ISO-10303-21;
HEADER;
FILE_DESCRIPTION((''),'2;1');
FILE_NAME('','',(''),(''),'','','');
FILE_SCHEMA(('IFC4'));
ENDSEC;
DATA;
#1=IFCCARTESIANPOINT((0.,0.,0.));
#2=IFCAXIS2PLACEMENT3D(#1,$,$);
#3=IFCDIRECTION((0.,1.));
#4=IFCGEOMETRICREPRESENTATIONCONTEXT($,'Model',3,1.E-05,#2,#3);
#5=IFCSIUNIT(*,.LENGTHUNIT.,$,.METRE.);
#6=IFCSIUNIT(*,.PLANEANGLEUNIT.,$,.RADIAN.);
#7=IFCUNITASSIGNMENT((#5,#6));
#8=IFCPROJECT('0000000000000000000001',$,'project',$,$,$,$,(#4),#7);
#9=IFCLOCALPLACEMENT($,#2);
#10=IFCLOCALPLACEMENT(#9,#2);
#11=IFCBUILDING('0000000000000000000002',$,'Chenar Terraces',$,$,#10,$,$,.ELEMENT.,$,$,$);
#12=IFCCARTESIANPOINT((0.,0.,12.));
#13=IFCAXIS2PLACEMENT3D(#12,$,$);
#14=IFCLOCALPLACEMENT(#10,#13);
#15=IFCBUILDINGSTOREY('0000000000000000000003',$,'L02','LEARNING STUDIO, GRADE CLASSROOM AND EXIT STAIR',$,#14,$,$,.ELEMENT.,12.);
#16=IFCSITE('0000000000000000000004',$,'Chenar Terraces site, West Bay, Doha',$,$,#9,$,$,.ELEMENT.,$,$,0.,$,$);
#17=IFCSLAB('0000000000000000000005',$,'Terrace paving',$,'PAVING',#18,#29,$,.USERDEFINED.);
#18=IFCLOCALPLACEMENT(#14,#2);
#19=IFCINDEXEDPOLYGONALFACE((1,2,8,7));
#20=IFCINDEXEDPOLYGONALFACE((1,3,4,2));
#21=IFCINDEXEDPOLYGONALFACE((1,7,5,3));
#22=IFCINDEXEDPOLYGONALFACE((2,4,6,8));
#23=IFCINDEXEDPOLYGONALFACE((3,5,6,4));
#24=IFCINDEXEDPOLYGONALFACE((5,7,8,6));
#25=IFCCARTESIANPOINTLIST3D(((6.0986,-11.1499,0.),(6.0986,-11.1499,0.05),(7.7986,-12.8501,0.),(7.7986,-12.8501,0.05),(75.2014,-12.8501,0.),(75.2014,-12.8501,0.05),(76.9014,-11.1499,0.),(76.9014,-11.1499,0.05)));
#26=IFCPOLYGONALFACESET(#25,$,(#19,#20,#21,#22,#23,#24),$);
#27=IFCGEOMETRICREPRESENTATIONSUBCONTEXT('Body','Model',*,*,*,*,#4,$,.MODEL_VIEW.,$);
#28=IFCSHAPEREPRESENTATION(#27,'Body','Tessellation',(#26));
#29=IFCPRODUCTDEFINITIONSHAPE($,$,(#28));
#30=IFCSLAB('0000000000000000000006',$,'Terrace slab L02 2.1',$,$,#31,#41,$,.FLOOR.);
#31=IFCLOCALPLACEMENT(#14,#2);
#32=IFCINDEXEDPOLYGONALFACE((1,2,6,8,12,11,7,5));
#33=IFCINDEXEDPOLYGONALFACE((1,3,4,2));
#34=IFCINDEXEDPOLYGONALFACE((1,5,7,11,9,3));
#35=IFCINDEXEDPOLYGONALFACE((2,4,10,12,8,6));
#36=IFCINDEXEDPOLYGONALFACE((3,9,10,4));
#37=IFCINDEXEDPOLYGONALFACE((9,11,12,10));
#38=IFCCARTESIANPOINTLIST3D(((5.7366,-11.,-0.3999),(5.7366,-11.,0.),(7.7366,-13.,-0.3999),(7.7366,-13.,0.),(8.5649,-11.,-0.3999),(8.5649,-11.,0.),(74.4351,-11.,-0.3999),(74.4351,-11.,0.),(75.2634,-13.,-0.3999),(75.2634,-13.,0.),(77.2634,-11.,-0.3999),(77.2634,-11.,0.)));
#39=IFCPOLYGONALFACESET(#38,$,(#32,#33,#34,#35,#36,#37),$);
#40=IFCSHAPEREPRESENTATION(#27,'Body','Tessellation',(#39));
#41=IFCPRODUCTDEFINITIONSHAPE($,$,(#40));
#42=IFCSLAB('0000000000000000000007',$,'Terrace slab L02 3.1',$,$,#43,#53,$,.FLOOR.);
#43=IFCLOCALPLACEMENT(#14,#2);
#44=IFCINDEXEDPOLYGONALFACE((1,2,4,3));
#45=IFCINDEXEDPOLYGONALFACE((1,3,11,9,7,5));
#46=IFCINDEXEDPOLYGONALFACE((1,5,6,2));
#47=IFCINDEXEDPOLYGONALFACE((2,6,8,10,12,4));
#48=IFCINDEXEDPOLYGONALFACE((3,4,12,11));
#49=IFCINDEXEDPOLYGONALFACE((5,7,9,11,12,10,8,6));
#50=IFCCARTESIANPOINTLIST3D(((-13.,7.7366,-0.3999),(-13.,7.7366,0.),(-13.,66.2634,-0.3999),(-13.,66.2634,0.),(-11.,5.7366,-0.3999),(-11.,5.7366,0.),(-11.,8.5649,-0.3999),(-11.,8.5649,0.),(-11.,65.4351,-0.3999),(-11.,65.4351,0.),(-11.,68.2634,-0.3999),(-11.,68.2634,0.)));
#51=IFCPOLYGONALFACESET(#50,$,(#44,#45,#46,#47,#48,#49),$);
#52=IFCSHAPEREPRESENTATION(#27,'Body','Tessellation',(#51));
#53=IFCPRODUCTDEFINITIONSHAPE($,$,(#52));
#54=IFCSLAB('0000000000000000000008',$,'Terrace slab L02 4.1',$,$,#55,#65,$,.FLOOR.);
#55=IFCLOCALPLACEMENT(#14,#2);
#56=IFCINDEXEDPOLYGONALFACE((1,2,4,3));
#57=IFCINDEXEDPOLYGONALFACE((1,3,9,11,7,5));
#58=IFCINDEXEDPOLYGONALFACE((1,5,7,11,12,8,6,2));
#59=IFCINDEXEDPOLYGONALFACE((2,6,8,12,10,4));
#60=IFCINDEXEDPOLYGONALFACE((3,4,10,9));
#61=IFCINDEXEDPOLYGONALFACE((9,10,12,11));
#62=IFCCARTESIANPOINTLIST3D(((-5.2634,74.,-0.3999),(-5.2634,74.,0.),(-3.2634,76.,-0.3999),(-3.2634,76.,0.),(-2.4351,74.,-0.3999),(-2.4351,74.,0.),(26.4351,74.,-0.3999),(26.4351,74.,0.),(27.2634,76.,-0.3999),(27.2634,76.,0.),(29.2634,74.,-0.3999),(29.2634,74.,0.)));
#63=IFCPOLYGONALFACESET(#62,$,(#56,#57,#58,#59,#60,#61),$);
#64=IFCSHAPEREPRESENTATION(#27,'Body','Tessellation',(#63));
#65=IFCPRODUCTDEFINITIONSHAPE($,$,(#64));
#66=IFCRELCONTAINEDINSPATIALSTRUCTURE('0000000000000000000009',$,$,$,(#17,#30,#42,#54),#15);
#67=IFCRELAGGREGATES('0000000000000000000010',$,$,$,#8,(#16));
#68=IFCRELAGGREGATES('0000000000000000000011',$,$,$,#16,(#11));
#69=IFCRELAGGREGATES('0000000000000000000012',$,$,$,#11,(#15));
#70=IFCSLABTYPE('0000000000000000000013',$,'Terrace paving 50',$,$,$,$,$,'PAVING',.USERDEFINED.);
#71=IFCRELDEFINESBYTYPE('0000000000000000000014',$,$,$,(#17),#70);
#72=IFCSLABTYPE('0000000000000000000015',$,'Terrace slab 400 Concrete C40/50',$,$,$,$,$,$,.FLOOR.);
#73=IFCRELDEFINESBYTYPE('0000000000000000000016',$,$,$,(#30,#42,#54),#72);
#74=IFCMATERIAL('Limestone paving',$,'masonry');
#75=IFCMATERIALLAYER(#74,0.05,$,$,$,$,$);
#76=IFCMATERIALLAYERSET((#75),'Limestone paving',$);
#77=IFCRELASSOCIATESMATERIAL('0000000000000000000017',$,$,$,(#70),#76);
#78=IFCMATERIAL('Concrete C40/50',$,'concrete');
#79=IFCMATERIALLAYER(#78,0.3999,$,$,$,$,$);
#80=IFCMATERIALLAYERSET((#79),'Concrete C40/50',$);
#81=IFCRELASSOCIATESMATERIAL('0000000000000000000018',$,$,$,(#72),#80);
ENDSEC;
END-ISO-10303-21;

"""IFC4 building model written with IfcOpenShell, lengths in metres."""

from ifc_helpers import new_model, si_unit, direction, frame, origin, place, context, subcontext, project, spatial, polyline, outline, extrude, material, layer, layer_set, type_object, element, save


model = new_model("IFC4")

# Units and contexts
model_context = context("Model", 3, precision=1e-05, world=origin(), true_north=direction((0.0, 1.0)))
body_context = subcontext(model_context, "Body", "Model", "MODEL_VIEW")
ifc_project = project(units=[si_unit("LENGTHUNIT", "METRE"), si_unit("PLANEANGLEUNIT", "RADIAN")], contexts=[model_context])

# Site, building, storey
site_placement = place(None, origin())
site = spatial("IfcSite", under=ifc_project, at=site_placement, Name="Chenar Terraces site, West Bay, Doha", CompositionType="ELEMENT", RefElevation=0.0)
building_placement = place(site_placement, origin())
building = spatial("IfcBuilding", under=site, at=building_placement, Name="Chenar Terraces", CompositionType="ELEMENT")
storey_placement = place(building_placement, frame((0.0, 0.0, 12.0)))
storey = spatial("IfcBuildingStorey", under=building, at=storey_placement, Name="L02", Description="LEARNING STUDIO, GRADE CLASSROOM AND EXIT STAIR", CompositionType="ELEMENT", Elevation=12.0)

# Shared definitions
placement_1 = place(storey_placement, origin())

# Slabs
ifc_material_1 = material(Name="Limestone paving", Category="masonry")
ifc_layer_1 = layer(ifc_material_1, 0.05)
ifc_layer_set_1 = layer_set([ifc_layer_1], Name="Limestone paving")
slab_type_1 = type_object("IfcSlabType", Name="Terrace paving 50", ElementType="PAVING", PredefinedType="USERDEFINED", material=ifc_layer_set_1)
element("IfcSlab", 1, at=placement_1, inside=storey, type_object=slab_type_1, Name="Terrace paving", ObjectType="PAVING", PredefinedType="USERDEFINED", context=body_context, shape_type="SweptSolid", body=[
    extrude(outline(polyline([(75.2014, -12.8501), (7.7986, -12.8501), (6.0986, -11.1499), (76.9014, -11.1499), (75.2014, -12.8501)])), origin(), (0.0, 0.0, 1.0), 0.05),
])
ifc_material_2 = material(Name="Concrete C40/50", Category="concrete")
ifc_layer_2 = layer(ifc_material_2, 0.3999)
ifc_layer_set_2 = layer_set([ifc_layer_2], Name="Concrete C40/50")
slab_type_2 = type_object("IfcSlabType", Name="Terrace slab 400 Concrete C40/50", PredefinedType="FLOOR", material=ifc_layer_set_2)
placement_2 = place(storey_placement, frame((0.0, 0.0, -0.3999)))
element("IfcSlab", 2, at=placement_2, inside=storey, type_object=slab_type_2, Name="Terrace slab L02 2.1", PredefinedType="FLOOR", context=body_context, shape_type="SweptSolid", body=[
    extrude(outline(polyline([(75.2634, -13.0), (7.7366, -13.0), (5.7366, -11.0), (8.5649, -11.0), (74.4351, -11.0), (77.2634, -11.0), (75.2634, -13.0)])), origin(), (0.0, 0.0, 1.0), 0.3999),
])
element("IfcSlab", 3, at=placement_2, inside=storey, type_object=slab_type_2, Name="Terrace slab L02 3.1", PredefinedType="FLOOR", context=body_context, shape_type="SweptSolid", body=[
    extrude(outline(polyline([(-13.0, 7.7366), (-13.0, 66.2634), (-11.0, 68.2634), (-11.0, 65.4351), (-11.0, 8.5649), (-11.0, 5.7366), (-13.0, 7.7366)])), origin(), (0.0, 0.0, 1.0), 0.3999),
])
element("IfcSlab", 4, at=placement_2, inside=storey, type_object=slab_type_2, Name="Terrace slab L02 4.1", PredefinedType="FLOOR", context=body_context, shape_type="SweptSolid", body=[
    extrude(outline(polyline([(-3.2634, 76.0), (27.2634, 76.0), (29.2634, 74.0), (26.4351, 74.0), (-2.4351, 74.0), (-5.2634, 74.0), (-3.2634, 76.0)])), origin(), (0.0, 0.0, 1.0), 0.3999),
])

save(model, "model.ifc")
